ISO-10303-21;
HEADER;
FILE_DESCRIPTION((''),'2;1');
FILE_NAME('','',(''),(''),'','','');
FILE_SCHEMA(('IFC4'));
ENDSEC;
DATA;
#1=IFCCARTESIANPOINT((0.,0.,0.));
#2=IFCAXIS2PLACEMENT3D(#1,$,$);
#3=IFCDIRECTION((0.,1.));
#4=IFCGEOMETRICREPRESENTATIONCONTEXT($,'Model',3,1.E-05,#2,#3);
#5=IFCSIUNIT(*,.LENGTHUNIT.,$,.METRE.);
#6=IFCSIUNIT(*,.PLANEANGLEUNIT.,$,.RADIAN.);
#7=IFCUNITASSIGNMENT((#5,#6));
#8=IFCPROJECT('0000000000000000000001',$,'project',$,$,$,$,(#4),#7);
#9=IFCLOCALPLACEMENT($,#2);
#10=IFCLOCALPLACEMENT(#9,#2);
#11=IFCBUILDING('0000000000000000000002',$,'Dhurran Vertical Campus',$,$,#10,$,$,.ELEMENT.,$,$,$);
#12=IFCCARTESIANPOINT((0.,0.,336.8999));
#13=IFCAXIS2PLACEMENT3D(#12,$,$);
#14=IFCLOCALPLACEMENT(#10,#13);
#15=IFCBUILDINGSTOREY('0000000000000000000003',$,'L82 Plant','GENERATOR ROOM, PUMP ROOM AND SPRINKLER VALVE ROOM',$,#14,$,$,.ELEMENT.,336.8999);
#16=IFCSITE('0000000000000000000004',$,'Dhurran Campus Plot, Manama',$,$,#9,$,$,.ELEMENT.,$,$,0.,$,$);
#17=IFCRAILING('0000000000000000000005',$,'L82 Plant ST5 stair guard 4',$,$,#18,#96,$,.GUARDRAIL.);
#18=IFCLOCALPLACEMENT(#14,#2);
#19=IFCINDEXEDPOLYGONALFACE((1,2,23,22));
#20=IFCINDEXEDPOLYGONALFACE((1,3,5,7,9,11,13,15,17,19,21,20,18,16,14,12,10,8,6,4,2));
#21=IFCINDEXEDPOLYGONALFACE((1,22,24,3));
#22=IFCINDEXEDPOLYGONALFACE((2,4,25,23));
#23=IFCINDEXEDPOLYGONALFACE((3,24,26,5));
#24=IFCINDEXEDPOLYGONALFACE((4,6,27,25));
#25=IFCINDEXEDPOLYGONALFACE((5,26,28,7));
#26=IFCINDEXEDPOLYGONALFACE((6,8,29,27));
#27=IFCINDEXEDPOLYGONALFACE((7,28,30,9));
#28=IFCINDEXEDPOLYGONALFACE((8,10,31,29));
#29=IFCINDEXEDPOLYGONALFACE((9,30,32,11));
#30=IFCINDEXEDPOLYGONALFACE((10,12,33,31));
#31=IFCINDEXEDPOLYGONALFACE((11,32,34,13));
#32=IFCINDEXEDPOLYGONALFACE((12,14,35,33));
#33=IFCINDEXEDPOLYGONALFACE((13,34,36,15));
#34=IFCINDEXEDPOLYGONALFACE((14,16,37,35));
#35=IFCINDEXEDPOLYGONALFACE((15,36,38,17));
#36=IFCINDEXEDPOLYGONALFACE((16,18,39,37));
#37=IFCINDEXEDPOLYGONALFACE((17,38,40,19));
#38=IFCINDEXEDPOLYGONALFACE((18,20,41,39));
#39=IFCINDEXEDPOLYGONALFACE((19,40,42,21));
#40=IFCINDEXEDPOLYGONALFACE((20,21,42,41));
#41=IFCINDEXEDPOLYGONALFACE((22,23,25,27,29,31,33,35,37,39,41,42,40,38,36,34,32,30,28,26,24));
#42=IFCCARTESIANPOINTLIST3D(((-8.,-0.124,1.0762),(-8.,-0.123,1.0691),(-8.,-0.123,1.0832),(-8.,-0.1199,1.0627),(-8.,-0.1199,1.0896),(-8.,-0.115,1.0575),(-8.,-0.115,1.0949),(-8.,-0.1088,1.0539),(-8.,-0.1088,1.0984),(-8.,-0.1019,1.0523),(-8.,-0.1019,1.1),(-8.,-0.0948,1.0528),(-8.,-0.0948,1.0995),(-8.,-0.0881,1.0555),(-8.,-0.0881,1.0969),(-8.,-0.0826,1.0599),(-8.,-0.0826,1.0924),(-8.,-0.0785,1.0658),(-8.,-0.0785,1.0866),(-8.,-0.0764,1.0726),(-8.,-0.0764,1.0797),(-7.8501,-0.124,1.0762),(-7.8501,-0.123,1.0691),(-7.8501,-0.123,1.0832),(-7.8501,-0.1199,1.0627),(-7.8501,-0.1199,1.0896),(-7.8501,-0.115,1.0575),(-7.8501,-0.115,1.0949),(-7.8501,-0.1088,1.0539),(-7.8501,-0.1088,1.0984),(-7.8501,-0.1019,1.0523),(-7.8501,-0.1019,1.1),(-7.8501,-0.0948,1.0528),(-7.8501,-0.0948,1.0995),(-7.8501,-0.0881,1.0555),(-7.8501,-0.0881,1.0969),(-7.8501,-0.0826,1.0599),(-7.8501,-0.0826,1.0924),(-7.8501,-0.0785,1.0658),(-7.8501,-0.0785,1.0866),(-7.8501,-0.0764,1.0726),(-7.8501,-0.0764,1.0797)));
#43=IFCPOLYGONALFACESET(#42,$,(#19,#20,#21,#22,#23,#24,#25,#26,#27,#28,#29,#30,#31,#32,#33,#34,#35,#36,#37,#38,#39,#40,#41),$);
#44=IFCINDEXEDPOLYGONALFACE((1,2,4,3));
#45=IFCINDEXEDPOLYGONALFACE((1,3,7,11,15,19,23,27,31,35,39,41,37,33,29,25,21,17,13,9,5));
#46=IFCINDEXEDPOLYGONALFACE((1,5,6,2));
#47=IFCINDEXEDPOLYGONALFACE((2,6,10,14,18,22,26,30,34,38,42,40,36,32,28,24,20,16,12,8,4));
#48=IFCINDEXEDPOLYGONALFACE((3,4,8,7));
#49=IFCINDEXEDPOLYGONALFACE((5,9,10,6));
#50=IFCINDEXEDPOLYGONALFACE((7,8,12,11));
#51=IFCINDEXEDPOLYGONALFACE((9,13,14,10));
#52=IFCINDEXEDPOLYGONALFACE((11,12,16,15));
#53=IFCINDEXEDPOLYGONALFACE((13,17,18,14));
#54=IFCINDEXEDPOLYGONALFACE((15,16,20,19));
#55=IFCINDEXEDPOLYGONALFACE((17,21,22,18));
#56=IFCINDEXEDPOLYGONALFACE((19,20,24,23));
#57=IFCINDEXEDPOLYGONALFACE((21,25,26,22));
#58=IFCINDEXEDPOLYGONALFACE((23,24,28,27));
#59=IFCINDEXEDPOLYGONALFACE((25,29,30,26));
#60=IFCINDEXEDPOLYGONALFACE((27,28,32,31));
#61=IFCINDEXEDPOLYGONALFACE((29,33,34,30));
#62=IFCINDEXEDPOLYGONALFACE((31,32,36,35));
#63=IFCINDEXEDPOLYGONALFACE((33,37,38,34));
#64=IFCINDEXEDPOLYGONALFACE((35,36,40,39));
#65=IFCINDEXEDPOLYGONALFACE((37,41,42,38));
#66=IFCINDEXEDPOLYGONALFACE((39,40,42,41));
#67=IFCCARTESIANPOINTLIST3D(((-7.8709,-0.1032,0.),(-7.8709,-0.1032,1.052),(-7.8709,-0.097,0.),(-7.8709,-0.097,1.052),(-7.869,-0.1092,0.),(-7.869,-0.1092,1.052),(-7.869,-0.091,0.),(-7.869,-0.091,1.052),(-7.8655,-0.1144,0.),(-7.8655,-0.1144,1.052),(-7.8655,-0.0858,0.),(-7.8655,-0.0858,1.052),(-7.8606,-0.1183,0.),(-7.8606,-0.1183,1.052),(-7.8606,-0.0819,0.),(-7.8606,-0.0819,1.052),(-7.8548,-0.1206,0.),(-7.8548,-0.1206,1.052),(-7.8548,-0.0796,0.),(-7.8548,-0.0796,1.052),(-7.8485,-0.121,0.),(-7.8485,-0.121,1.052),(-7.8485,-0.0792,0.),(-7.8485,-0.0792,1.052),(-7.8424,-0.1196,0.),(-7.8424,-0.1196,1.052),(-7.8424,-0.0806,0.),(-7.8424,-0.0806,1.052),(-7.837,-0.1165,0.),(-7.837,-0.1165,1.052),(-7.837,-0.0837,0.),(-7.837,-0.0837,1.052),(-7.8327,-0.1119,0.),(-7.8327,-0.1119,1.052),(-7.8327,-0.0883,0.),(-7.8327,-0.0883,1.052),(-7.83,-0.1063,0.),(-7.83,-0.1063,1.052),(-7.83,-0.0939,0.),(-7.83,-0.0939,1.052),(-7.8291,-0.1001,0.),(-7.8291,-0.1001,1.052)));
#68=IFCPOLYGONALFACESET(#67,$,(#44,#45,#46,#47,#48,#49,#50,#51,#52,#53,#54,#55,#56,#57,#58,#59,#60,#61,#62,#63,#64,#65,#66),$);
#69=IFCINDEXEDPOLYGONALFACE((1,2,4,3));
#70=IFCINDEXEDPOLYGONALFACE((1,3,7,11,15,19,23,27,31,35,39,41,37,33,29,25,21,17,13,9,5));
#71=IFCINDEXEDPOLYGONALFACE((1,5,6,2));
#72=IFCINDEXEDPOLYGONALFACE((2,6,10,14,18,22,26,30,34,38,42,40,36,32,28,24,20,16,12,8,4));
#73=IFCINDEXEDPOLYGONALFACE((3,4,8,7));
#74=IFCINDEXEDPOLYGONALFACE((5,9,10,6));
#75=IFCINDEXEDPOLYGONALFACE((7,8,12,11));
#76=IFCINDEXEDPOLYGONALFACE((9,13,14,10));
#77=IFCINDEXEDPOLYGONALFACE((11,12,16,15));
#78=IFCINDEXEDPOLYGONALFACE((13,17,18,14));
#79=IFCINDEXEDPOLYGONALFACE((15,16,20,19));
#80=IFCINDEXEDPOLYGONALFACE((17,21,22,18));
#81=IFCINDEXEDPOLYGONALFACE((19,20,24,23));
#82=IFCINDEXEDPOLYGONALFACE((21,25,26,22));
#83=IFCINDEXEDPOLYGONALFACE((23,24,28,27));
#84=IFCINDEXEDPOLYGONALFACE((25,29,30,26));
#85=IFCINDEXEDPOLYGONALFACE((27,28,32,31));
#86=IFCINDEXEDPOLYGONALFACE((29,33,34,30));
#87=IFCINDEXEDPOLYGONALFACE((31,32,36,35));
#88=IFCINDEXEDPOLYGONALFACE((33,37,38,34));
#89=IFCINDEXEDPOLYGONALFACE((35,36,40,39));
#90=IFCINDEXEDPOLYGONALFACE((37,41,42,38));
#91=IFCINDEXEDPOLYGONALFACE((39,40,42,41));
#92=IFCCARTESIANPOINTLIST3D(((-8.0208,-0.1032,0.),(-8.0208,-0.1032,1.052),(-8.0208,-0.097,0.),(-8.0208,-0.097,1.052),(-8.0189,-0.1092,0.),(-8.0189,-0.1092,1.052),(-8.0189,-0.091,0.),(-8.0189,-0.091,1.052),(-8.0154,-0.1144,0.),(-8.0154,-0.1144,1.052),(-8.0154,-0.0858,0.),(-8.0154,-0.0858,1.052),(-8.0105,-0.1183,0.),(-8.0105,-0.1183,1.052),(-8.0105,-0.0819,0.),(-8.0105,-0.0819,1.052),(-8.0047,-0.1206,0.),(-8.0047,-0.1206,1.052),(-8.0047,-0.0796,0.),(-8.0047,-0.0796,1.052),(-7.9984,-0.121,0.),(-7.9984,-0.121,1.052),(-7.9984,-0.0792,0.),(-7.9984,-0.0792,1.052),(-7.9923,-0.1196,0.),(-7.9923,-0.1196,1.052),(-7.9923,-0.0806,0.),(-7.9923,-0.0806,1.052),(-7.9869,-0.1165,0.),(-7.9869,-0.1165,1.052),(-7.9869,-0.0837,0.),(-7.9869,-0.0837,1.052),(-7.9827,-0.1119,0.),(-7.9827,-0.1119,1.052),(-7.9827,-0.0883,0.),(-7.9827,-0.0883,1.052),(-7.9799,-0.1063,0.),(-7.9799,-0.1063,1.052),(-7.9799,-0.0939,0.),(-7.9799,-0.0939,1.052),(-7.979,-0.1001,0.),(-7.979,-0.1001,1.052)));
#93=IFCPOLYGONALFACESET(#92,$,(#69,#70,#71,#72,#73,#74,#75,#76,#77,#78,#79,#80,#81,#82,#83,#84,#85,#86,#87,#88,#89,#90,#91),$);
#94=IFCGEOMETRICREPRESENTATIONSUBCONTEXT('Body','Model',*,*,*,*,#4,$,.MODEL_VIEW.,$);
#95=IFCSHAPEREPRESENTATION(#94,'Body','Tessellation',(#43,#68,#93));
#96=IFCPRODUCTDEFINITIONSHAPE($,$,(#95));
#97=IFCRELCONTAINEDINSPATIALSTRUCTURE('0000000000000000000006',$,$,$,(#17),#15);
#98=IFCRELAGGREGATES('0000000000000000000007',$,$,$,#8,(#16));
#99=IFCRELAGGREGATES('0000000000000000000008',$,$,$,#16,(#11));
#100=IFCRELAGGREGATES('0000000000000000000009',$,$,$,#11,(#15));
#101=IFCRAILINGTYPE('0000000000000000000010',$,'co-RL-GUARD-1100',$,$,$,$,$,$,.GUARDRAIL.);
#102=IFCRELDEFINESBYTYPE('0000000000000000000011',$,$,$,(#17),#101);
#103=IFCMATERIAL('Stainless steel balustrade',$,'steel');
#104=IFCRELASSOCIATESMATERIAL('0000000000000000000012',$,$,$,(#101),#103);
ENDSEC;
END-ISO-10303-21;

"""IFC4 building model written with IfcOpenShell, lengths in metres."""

from ifc_helpers import new_model, si_unit, direction, frame, origin, origin_2d, place, context, subcontext, project, spatial, circle, extrude, material, type_object, element, save


model = new_model("IFC4")

# Units and contexts
model_context = context("Model", 3, precision=1e-05, world=origin(), true_north=direction((0.0, 1.0)))
body_context = subcontext(model_context, "Body", "Model", "MODEL_VIEW")
ifc_project = project(units=[si_unit("LENGTHUNIT", "METRE"), si_unit("PLANEANGLEUNIT", "RADIAN")], contexts=[model_context])

# Site, building, storey
site_placement = place(None, origin())
site = spatial("IfcSite", under=ifc_project, at=site_placement, Name="Dhurran Campus Plot, Manama", CompositionType="ELEMENT", RefElevation=0.0)
building_placement = place(site_placement, origin())
building = spatial("IfcBuilding", under=site, at=building_placement, Name="Dhurran Vertical Campus", CompositionType="ELEMENT")
storey_placement = place(building_placement, frame((0.0, 0.0, 336.8999)))
storey = spatial("IfcBuildingStorey", under=building, at=storey_placement, Name="L82 Plant", Description="GENERATOR ROOM, PUMP ROOM AND SPRINKLER VALVE ROOM", CompositionType="ELEMENT", Elevation=336.8999)

# Railing
ifc_material_1 = material(Name="Stainless steel balustrade", Category="steel")
railing_type = type_object("IfcRailingType", Name="co-RL-GUARD-1100", PredefinedType="GUARDRAIL", material=ifc_material_1)
railing_1_placement = place(storey_placement, frame((-7.8501, -0.1001, 0.0)))
element("IfcRailing", 1, at=railing_1_placement, inside=storey, type_object=railing_type, Name="L82 Plant ST5 stair guard 4", PredefinedType="GUARDRAIL", context=body_context, shape_type="SweptSolid", body=[
    extrude(circle(Radius=0.0239, at=origin_2d()), frame((0.0, 0.0, 1.0762), z_axis=(-1.0, 0.0, 0.0), x_axis=(0.0, -1.0, 0.0)), (0.0, 0.0, 1.0), 0.1499),
    extrude(circle(Radius=0.021, at=origin_2d()), origin(), (0.0, 0.0, 1.0), 1.052),
    extrude(circle(Radius=0.021, at=origin_2d()), frame((-0.1499, 0.0, 0.0)), (0.0, 0.0, 1.0), 1.052),
])

save(model, "model.ifc")
